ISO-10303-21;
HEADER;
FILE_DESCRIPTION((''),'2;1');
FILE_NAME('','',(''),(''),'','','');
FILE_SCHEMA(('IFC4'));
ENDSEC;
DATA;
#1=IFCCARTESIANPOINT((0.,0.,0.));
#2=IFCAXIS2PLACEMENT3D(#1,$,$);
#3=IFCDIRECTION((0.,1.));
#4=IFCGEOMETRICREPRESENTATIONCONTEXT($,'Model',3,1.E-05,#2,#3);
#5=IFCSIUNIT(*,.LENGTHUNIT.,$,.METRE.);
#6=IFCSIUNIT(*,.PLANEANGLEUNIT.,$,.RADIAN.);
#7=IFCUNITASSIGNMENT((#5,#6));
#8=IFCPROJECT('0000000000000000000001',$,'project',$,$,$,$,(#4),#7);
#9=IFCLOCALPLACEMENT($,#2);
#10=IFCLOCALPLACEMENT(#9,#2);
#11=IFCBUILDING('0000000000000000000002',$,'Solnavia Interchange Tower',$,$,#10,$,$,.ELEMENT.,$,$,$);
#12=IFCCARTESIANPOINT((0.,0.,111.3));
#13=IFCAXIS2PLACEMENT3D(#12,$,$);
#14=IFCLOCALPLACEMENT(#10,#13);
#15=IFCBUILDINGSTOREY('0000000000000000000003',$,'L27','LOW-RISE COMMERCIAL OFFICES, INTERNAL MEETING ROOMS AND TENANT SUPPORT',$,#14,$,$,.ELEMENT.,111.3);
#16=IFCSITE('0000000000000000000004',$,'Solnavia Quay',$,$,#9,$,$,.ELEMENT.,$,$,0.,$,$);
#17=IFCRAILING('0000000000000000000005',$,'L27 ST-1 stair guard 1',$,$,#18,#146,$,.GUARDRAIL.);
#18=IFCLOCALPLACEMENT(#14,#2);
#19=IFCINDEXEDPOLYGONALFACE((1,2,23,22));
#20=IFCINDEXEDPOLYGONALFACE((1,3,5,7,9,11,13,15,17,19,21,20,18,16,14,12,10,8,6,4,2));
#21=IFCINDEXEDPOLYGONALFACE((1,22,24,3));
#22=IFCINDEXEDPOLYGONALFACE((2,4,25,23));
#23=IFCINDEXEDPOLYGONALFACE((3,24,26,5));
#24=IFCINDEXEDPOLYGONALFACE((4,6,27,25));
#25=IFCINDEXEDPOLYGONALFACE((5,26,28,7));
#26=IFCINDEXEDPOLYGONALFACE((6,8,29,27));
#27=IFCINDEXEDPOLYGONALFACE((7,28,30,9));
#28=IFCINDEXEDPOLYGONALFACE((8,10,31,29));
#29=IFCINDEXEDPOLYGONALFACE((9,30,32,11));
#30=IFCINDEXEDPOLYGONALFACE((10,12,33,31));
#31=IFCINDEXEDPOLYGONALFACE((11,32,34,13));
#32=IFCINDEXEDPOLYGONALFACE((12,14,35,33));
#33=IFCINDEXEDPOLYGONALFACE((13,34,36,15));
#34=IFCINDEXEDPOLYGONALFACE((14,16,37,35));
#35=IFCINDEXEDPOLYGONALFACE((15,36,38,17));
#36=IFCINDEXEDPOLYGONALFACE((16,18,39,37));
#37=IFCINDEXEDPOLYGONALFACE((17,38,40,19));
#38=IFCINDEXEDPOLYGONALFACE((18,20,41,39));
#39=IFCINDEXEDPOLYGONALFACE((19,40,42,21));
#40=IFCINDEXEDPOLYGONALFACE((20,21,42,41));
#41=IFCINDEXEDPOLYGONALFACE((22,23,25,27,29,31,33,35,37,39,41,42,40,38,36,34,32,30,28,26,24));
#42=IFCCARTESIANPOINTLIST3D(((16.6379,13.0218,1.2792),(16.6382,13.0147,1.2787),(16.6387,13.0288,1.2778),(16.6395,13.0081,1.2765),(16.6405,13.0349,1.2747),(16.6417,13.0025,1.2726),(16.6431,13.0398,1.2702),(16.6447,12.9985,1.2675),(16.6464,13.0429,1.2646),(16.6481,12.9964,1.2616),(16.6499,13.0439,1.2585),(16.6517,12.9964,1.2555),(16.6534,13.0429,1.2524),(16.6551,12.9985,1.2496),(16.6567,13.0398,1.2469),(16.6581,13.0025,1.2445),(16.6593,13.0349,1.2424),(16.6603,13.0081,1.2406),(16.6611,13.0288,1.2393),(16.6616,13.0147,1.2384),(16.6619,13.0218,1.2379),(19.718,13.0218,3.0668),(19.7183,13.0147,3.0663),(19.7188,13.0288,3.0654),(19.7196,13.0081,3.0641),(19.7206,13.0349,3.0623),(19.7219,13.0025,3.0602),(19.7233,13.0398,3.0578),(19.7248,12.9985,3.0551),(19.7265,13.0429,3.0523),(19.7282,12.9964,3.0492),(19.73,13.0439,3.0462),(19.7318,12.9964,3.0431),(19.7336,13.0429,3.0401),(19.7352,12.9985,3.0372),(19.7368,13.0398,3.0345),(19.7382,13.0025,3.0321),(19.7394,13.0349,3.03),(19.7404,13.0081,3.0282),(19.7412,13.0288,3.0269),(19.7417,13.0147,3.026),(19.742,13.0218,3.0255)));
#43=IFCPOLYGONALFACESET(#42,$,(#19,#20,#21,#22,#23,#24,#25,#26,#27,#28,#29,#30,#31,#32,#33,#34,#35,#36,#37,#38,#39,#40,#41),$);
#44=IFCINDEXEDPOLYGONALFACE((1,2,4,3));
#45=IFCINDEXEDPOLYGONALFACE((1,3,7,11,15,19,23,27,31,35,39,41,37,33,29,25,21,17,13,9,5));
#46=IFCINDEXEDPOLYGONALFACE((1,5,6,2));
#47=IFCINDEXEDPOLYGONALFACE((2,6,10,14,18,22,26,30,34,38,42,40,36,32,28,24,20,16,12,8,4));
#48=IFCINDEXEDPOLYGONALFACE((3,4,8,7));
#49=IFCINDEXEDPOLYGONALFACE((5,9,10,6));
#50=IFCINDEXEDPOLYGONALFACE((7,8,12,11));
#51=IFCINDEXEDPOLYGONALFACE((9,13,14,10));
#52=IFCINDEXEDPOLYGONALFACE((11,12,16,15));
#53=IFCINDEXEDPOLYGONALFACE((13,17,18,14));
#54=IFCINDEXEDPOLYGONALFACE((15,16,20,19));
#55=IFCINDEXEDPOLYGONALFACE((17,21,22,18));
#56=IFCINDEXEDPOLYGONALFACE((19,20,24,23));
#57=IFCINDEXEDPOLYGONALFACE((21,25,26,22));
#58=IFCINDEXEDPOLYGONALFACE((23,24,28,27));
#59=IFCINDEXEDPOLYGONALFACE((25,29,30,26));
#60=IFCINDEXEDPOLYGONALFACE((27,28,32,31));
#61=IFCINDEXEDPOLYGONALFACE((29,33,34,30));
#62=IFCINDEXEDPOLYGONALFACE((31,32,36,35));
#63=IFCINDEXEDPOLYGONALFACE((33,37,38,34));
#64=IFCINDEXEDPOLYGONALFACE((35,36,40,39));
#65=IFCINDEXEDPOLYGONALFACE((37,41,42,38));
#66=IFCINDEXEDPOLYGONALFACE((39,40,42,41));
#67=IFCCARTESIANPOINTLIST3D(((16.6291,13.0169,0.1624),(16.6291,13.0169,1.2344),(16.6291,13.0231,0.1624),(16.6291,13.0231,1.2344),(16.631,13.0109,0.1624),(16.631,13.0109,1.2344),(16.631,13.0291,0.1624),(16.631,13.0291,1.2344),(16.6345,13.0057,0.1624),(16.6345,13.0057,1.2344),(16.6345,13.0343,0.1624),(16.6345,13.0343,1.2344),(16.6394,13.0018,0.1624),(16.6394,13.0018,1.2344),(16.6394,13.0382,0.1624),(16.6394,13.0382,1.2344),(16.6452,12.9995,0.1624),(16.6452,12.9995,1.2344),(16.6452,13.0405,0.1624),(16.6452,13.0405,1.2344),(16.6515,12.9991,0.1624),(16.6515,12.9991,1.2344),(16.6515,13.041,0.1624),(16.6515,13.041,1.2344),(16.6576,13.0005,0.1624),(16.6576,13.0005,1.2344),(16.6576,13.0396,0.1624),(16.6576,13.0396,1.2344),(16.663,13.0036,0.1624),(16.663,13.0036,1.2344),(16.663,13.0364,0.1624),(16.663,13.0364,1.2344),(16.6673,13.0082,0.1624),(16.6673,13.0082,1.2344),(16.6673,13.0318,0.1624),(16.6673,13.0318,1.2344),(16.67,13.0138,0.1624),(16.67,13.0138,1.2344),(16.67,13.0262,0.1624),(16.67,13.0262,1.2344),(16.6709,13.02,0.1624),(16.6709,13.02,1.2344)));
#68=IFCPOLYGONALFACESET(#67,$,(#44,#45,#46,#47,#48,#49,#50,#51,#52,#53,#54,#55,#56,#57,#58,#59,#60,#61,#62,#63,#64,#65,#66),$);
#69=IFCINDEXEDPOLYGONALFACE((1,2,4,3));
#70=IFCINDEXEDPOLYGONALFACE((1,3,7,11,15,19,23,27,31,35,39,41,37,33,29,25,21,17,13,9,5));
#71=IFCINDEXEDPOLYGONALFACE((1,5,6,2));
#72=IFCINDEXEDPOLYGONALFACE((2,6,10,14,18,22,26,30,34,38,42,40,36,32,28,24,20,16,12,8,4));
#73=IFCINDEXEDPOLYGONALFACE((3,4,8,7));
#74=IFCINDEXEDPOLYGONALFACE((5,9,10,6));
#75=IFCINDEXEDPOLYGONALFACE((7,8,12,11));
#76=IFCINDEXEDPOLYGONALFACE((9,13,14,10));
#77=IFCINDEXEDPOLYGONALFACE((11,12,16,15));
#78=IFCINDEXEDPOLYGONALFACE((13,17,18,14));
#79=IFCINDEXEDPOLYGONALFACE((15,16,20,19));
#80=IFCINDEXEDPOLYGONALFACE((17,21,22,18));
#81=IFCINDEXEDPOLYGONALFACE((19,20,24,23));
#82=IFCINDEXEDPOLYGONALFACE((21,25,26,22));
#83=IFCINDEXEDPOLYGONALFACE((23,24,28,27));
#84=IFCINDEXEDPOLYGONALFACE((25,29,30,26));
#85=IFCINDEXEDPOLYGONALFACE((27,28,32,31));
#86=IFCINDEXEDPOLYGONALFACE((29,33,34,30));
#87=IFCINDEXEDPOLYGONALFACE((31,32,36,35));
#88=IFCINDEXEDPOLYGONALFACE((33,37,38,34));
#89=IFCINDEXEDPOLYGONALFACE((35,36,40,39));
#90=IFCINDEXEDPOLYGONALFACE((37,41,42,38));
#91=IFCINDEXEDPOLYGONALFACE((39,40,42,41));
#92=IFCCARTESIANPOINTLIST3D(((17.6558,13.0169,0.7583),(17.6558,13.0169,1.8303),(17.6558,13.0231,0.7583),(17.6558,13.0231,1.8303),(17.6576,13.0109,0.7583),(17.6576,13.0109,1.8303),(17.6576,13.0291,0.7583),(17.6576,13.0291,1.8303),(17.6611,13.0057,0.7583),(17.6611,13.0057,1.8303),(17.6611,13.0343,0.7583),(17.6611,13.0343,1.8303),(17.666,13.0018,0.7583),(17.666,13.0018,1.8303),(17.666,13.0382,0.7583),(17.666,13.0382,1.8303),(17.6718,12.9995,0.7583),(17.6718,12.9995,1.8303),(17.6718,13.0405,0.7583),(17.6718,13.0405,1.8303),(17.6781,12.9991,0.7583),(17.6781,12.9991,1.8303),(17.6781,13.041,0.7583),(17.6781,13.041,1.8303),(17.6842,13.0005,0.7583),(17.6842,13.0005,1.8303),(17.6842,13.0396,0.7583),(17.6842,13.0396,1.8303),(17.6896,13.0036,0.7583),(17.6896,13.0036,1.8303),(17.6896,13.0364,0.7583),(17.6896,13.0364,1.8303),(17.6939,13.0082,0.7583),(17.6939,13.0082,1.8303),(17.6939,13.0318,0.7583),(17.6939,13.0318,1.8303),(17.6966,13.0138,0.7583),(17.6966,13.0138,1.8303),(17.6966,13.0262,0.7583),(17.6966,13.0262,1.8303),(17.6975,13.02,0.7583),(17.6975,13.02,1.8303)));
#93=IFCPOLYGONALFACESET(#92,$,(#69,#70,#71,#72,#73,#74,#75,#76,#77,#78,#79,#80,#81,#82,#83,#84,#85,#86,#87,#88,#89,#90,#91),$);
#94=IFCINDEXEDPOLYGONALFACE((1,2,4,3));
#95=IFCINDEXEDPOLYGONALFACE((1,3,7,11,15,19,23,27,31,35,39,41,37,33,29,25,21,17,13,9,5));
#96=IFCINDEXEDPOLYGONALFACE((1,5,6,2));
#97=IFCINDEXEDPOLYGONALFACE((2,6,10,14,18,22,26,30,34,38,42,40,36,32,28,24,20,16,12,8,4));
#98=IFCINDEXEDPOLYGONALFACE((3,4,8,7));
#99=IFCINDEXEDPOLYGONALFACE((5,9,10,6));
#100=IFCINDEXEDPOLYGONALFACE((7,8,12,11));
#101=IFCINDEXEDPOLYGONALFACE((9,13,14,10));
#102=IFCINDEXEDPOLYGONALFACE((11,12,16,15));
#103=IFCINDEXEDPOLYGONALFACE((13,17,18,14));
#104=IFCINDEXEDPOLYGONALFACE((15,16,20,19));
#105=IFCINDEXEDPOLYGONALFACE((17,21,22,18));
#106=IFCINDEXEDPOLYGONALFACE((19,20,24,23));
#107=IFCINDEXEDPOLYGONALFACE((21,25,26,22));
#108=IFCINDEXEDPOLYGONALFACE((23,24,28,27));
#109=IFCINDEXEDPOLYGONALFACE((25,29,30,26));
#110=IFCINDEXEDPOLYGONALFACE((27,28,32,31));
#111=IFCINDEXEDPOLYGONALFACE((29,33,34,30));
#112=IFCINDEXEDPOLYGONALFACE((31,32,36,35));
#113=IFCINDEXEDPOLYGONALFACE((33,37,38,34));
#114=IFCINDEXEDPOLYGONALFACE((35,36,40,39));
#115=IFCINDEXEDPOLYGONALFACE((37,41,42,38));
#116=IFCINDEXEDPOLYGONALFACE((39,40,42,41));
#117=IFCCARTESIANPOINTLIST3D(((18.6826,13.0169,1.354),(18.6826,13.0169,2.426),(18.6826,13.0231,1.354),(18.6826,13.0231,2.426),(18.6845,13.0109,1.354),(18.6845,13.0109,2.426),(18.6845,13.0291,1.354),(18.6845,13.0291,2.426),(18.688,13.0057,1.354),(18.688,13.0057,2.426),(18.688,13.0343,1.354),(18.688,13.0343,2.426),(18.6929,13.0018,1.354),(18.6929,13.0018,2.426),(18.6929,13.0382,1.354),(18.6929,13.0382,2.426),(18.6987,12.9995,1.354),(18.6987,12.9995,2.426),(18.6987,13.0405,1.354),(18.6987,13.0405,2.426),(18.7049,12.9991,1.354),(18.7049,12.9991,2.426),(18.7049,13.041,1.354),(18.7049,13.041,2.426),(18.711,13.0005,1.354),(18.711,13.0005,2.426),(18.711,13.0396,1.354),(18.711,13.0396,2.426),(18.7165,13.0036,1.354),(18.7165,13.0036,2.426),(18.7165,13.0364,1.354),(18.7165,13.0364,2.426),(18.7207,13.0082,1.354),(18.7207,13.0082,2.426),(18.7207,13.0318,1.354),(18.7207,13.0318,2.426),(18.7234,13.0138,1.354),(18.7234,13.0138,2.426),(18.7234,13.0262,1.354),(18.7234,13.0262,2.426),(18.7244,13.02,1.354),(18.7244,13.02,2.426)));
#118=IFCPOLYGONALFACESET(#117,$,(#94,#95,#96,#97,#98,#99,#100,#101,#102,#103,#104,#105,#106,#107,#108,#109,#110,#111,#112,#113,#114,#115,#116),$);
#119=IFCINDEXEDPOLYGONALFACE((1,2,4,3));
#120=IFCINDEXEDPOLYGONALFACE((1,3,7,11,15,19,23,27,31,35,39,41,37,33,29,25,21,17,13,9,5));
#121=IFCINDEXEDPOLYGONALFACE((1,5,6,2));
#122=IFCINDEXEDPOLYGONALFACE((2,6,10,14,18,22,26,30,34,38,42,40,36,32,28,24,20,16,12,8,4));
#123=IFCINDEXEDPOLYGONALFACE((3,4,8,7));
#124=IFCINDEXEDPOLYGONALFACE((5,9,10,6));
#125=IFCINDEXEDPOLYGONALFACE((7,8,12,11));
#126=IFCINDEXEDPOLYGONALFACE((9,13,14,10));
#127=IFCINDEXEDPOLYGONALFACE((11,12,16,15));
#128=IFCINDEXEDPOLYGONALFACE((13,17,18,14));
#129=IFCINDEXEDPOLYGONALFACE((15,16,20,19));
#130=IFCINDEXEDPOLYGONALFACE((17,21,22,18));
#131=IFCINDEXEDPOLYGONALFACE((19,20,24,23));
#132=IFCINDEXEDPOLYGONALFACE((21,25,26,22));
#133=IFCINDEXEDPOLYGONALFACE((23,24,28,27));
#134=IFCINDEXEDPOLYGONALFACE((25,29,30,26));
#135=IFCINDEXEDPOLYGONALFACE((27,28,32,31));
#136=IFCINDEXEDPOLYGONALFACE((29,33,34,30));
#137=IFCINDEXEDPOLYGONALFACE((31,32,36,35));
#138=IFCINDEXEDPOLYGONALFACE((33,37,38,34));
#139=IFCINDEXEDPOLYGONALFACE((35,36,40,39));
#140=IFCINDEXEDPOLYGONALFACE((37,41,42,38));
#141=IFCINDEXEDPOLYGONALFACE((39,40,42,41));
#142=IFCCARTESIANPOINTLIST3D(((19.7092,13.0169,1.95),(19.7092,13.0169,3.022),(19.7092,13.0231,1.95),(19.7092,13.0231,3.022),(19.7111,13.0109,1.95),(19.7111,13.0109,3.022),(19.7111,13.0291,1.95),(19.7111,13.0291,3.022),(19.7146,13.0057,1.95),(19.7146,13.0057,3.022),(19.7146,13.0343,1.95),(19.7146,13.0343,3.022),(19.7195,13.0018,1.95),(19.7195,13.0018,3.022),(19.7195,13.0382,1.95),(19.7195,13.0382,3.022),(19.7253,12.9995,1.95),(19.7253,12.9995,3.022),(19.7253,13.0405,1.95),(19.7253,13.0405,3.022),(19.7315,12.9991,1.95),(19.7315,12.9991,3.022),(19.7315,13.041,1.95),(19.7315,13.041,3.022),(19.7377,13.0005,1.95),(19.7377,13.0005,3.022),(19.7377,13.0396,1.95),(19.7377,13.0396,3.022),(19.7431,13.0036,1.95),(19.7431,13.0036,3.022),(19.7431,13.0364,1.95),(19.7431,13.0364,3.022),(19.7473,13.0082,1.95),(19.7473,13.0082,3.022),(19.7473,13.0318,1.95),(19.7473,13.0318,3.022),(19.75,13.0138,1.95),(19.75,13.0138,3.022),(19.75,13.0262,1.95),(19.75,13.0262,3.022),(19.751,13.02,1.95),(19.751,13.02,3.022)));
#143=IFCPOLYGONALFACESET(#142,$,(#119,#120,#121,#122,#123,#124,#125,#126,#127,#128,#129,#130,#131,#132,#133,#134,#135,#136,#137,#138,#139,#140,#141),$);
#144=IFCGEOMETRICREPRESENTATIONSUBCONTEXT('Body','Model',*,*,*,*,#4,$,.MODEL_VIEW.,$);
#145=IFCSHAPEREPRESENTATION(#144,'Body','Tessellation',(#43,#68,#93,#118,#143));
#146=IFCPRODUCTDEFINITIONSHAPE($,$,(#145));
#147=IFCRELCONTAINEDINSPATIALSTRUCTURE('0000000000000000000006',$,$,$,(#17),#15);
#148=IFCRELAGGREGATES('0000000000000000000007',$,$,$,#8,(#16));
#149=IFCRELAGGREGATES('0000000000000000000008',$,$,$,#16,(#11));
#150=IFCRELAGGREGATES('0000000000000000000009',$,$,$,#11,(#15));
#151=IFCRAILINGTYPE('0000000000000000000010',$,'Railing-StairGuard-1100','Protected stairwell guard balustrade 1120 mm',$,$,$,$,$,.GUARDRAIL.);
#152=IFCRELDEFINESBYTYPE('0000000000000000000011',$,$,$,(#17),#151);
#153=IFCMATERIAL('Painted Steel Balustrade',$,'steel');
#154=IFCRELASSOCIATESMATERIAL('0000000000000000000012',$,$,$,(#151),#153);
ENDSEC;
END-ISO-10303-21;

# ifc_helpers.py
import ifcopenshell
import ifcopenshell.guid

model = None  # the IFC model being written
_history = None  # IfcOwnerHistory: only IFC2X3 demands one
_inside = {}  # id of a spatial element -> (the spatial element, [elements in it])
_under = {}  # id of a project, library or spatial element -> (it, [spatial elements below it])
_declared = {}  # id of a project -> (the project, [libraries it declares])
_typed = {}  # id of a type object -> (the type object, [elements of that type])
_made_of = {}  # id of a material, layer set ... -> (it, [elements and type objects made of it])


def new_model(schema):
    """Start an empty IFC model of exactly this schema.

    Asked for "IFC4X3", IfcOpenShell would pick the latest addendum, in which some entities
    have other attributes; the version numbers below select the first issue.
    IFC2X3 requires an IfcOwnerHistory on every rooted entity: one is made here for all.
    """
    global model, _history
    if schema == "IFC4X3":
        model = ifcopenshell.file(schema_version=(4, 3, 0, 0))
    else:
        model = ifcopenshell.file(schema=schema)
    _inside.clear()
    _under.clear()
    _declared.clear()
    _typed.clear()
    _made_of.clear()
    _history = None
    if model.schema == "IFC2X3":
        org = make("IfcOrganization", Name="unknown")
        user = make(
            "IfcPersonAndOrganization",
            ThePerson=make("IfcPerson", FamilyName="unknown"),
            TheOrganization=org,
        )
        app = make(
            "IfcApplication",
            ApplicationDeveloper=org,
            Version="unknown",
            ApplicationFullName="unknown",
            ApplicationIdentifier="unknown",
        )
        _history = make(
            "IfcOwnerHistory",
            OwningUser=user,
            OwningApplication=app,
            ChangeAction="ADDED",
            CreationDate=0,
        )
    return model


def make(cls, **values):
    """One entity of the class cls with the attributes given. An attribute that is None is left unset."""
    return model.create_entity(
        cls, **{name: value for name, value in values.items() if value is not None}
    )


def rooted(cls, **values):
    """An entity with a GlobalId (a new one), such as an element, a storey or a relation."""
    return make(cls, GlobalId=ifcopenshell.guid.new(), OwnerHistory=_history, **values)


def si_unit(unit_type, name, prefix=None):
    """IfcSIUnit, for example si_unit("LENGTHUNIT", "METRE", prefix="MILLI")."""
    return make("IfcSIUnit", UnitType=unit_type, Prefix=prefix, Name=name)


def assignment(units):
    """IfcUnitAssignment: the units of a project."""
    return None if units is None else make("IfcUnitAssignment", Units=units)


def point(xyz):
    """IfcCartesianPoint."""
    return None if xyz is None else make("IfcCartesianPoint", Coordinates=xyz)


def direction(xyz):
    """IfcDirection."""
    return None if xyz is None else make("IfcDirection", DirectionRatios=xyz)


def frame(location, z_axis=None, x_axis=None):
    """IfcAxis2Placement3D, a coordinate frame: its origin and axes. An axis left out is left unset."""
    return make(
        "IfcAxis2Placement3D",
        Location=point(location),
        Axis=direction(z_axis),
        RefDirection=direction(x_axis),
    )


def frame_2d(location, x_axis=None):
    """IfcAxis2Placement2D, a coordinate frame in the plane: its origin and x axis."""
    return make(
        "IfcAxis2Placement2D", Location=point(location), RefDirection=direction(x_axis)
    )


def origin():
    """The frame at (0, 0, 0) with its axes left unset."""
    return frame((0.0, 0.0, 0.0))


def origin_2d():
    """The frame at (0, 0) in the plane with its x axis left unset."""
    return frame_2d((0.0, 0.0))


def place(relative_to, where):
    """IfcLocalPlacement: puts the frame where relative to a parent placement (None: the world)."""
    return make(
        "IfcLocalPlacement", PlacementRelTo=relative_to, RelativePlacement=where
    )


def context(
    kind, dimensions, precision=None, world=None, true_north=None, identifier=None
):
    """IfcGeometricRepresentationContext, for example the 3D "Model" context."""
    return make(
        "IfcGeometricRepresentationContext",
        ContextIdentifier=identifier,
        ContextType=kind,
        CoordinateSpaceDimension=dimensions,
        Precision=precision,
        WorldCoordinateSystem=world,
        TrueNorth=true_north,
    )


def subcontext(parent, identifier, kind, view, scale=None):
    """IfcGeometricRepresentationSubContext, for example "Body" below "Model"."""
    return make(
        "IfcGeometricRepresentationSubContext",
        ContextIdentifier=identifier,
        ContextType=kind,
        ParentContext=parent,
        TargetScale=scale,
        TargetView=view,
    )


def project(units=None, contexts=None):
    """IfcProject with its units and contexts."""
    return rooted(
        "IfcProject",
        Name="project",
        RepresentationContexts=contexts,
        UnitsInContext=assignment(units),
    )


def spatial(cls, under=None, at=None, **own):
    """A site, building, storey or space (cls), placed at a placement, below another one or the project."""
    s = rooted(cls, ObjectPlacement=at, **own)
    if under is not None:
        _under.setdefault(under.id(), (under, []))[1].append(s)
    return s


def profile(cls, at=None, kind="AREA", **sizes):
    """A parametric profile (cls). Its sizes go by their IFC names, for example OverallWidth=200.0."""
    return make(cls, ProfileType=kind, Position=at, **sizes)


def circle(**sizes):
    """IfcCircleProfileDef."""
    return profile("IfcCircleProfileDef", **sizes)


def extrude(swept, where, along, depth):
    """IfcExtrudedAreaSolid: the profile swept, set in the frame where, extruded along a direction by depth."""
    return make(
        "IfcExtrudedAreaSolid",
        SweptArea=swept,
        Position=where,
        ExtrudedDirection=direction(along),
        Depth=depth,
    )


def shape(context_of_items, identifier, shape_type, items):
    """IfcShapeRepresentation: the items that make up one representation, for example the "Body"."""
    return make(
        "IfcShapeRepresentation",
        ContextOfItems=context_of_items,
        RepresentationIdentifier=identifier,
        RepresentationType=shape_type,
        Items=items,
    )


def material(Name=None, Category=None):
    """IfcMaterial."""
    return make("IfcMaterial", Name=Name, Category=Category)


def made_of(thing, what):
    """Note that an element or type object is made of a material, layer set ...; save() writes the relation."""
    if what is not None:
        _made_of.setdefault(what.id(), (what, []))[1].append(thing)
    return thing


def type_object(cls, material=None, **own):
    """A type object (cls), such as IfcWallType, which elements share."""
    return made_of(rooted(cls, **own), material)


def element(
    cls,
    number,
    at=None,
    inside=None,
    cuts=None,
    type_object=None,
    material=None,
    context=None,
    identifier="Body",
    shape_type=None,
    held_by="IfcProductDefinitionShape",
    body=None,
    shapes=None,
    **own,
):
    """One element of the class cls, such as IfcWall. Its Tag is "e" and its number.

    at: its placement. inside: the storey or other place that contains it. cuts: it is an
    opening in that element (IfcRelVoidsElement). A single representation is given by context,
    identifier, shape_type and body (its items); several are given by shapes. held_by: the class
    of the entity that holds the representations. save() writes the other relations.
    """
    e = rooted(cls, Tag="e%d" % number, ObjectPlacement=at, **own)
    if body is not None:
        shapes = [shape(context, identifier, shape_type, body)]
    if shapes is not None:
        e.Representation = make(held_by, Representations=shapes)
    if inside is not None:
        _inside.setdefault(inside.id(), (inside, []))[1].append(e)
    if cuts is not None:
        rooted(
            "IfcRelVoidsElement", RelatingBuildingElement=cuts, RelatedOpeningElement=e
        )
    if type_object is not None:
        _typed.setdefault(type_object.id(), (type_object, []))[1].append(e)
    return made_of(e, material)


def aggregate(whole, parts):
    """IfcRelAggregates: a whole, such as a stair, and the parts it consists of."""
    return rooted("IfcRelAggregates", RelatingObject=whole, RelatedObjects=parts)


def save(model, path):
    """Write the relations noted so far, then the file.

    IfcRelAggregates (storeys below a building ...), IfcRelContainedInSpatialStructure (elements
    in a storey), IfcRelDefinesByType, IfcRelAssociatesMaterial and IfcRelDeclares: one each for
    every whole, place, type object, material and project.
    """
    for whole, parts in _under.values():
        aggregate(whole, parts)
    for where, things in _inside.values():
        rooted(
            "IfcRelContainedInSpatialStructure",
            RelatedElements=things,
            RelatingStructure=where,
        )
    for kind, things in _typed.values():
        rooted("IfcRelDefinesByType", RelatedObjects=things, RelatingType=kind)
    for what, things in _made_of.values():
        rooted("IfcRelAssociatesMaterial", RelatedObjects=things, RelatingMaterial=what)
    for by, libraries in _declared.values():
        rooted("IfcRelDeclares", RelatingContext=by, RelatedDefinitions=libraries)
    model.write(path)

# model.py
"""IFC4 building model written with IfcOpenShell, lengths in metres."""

from ifc_helpers import new_model, si_unit, direction, frame, origin, origin_2d, place, context, subcontext, project, spatial, circle, extrude, material, type_object, element, save


model = new_model("IFC4")

# Units and contexts
model_context = context("Model", 3, precision=1e-05, world=origin(), true_north=direction((0.0, 1.0)))
body_context = subcontext(model_context, "Body", "Model", "MODEL_VIEW")
ifc_project = project(units=[si_unit("LENGTHUNIT", "METRE"), si_unit("PLANEANGLEUNIT", "RADIAN")], contexts=[model_context])

# Site, building, storey
site_placement = place(None, origin())
site = spatial("IfcSite", under=ifc_project, at=site_placement, Name="Solnavia Quay", CompositionType="ELEMENT", RefElevation=0.0)
building_placement = place(site_placement, origin())
building = spatial("IfcBuilding", under=site, at=building_placement, Name="Solnavia Interchange Tower", CompositionType="ELEMENT")
storey_placement = place(building_placement, frame((0.0, 0.0, 111.3)))
storey = spatial("IfcBuildingStorey", under=building, at=storey_placement, Name="L27", Description="LOW-RISE COMMERCIAL OFFICES, INTERNAL MEETING ROOMS AND TENANT SUPPORT", CompositionType="ELEMENT", Elevation=111.3)

# Railing
ifc_material_1 = material(Name="Painted Steel Balustrade", Category="steel")
railing_type_1 = type_object("IfcRailingType", Name="Railing-StairGuard-1100", Description="Protected stairwell guard balustrade 1120 mm", PredefinedType="GUARDRAIL", material=ifc_material_1)
railing_1_placement = place(storey_placement, frame((16.6499, 13.02, 0.1624)))
element("IfcRailing", 1, at=railing_1_placement, inside=storey, type_object=railing_type_1, Name="L27 ST-1 stair guard 1", PredefinedType="GUARDRAIL", context=body_context, shape_type="SweptSolid", body=[
    extrude(circle(Radius=0.0239, at=origin_2d()), frame((0.0, 0.0, 1.0962), z_axis=(0.864891, 0.0, 0.50196), x_axis=(0.0, 1.0, 0.0)), (0.0, 0.0, 1.0), 3.5613),
    extrude(circle(Radius=0.021, at=origin_2d()), origin(), (0.0, 0.0, 1.0), 1.072),
    extrude(circle(Radius=0.021, at=origin_2d()), frame((1.0266, 0.0, 0.5959)), (0.0, 0.0, 1.0), 1.072),
    extrude(circle(Radius=0.021, at=origin_2d()), frame((2.0535, 0.0, 1.1917)), (0.0, 0.0, 1.0), 1.072),
    extrude(circle(Radius=0.021, at=origin_2d()), frame((3.0801, 0.0, 1.7876)), (0.0, 0.0, 1.0), 1.072),
])

save(model, "model.ifc")
